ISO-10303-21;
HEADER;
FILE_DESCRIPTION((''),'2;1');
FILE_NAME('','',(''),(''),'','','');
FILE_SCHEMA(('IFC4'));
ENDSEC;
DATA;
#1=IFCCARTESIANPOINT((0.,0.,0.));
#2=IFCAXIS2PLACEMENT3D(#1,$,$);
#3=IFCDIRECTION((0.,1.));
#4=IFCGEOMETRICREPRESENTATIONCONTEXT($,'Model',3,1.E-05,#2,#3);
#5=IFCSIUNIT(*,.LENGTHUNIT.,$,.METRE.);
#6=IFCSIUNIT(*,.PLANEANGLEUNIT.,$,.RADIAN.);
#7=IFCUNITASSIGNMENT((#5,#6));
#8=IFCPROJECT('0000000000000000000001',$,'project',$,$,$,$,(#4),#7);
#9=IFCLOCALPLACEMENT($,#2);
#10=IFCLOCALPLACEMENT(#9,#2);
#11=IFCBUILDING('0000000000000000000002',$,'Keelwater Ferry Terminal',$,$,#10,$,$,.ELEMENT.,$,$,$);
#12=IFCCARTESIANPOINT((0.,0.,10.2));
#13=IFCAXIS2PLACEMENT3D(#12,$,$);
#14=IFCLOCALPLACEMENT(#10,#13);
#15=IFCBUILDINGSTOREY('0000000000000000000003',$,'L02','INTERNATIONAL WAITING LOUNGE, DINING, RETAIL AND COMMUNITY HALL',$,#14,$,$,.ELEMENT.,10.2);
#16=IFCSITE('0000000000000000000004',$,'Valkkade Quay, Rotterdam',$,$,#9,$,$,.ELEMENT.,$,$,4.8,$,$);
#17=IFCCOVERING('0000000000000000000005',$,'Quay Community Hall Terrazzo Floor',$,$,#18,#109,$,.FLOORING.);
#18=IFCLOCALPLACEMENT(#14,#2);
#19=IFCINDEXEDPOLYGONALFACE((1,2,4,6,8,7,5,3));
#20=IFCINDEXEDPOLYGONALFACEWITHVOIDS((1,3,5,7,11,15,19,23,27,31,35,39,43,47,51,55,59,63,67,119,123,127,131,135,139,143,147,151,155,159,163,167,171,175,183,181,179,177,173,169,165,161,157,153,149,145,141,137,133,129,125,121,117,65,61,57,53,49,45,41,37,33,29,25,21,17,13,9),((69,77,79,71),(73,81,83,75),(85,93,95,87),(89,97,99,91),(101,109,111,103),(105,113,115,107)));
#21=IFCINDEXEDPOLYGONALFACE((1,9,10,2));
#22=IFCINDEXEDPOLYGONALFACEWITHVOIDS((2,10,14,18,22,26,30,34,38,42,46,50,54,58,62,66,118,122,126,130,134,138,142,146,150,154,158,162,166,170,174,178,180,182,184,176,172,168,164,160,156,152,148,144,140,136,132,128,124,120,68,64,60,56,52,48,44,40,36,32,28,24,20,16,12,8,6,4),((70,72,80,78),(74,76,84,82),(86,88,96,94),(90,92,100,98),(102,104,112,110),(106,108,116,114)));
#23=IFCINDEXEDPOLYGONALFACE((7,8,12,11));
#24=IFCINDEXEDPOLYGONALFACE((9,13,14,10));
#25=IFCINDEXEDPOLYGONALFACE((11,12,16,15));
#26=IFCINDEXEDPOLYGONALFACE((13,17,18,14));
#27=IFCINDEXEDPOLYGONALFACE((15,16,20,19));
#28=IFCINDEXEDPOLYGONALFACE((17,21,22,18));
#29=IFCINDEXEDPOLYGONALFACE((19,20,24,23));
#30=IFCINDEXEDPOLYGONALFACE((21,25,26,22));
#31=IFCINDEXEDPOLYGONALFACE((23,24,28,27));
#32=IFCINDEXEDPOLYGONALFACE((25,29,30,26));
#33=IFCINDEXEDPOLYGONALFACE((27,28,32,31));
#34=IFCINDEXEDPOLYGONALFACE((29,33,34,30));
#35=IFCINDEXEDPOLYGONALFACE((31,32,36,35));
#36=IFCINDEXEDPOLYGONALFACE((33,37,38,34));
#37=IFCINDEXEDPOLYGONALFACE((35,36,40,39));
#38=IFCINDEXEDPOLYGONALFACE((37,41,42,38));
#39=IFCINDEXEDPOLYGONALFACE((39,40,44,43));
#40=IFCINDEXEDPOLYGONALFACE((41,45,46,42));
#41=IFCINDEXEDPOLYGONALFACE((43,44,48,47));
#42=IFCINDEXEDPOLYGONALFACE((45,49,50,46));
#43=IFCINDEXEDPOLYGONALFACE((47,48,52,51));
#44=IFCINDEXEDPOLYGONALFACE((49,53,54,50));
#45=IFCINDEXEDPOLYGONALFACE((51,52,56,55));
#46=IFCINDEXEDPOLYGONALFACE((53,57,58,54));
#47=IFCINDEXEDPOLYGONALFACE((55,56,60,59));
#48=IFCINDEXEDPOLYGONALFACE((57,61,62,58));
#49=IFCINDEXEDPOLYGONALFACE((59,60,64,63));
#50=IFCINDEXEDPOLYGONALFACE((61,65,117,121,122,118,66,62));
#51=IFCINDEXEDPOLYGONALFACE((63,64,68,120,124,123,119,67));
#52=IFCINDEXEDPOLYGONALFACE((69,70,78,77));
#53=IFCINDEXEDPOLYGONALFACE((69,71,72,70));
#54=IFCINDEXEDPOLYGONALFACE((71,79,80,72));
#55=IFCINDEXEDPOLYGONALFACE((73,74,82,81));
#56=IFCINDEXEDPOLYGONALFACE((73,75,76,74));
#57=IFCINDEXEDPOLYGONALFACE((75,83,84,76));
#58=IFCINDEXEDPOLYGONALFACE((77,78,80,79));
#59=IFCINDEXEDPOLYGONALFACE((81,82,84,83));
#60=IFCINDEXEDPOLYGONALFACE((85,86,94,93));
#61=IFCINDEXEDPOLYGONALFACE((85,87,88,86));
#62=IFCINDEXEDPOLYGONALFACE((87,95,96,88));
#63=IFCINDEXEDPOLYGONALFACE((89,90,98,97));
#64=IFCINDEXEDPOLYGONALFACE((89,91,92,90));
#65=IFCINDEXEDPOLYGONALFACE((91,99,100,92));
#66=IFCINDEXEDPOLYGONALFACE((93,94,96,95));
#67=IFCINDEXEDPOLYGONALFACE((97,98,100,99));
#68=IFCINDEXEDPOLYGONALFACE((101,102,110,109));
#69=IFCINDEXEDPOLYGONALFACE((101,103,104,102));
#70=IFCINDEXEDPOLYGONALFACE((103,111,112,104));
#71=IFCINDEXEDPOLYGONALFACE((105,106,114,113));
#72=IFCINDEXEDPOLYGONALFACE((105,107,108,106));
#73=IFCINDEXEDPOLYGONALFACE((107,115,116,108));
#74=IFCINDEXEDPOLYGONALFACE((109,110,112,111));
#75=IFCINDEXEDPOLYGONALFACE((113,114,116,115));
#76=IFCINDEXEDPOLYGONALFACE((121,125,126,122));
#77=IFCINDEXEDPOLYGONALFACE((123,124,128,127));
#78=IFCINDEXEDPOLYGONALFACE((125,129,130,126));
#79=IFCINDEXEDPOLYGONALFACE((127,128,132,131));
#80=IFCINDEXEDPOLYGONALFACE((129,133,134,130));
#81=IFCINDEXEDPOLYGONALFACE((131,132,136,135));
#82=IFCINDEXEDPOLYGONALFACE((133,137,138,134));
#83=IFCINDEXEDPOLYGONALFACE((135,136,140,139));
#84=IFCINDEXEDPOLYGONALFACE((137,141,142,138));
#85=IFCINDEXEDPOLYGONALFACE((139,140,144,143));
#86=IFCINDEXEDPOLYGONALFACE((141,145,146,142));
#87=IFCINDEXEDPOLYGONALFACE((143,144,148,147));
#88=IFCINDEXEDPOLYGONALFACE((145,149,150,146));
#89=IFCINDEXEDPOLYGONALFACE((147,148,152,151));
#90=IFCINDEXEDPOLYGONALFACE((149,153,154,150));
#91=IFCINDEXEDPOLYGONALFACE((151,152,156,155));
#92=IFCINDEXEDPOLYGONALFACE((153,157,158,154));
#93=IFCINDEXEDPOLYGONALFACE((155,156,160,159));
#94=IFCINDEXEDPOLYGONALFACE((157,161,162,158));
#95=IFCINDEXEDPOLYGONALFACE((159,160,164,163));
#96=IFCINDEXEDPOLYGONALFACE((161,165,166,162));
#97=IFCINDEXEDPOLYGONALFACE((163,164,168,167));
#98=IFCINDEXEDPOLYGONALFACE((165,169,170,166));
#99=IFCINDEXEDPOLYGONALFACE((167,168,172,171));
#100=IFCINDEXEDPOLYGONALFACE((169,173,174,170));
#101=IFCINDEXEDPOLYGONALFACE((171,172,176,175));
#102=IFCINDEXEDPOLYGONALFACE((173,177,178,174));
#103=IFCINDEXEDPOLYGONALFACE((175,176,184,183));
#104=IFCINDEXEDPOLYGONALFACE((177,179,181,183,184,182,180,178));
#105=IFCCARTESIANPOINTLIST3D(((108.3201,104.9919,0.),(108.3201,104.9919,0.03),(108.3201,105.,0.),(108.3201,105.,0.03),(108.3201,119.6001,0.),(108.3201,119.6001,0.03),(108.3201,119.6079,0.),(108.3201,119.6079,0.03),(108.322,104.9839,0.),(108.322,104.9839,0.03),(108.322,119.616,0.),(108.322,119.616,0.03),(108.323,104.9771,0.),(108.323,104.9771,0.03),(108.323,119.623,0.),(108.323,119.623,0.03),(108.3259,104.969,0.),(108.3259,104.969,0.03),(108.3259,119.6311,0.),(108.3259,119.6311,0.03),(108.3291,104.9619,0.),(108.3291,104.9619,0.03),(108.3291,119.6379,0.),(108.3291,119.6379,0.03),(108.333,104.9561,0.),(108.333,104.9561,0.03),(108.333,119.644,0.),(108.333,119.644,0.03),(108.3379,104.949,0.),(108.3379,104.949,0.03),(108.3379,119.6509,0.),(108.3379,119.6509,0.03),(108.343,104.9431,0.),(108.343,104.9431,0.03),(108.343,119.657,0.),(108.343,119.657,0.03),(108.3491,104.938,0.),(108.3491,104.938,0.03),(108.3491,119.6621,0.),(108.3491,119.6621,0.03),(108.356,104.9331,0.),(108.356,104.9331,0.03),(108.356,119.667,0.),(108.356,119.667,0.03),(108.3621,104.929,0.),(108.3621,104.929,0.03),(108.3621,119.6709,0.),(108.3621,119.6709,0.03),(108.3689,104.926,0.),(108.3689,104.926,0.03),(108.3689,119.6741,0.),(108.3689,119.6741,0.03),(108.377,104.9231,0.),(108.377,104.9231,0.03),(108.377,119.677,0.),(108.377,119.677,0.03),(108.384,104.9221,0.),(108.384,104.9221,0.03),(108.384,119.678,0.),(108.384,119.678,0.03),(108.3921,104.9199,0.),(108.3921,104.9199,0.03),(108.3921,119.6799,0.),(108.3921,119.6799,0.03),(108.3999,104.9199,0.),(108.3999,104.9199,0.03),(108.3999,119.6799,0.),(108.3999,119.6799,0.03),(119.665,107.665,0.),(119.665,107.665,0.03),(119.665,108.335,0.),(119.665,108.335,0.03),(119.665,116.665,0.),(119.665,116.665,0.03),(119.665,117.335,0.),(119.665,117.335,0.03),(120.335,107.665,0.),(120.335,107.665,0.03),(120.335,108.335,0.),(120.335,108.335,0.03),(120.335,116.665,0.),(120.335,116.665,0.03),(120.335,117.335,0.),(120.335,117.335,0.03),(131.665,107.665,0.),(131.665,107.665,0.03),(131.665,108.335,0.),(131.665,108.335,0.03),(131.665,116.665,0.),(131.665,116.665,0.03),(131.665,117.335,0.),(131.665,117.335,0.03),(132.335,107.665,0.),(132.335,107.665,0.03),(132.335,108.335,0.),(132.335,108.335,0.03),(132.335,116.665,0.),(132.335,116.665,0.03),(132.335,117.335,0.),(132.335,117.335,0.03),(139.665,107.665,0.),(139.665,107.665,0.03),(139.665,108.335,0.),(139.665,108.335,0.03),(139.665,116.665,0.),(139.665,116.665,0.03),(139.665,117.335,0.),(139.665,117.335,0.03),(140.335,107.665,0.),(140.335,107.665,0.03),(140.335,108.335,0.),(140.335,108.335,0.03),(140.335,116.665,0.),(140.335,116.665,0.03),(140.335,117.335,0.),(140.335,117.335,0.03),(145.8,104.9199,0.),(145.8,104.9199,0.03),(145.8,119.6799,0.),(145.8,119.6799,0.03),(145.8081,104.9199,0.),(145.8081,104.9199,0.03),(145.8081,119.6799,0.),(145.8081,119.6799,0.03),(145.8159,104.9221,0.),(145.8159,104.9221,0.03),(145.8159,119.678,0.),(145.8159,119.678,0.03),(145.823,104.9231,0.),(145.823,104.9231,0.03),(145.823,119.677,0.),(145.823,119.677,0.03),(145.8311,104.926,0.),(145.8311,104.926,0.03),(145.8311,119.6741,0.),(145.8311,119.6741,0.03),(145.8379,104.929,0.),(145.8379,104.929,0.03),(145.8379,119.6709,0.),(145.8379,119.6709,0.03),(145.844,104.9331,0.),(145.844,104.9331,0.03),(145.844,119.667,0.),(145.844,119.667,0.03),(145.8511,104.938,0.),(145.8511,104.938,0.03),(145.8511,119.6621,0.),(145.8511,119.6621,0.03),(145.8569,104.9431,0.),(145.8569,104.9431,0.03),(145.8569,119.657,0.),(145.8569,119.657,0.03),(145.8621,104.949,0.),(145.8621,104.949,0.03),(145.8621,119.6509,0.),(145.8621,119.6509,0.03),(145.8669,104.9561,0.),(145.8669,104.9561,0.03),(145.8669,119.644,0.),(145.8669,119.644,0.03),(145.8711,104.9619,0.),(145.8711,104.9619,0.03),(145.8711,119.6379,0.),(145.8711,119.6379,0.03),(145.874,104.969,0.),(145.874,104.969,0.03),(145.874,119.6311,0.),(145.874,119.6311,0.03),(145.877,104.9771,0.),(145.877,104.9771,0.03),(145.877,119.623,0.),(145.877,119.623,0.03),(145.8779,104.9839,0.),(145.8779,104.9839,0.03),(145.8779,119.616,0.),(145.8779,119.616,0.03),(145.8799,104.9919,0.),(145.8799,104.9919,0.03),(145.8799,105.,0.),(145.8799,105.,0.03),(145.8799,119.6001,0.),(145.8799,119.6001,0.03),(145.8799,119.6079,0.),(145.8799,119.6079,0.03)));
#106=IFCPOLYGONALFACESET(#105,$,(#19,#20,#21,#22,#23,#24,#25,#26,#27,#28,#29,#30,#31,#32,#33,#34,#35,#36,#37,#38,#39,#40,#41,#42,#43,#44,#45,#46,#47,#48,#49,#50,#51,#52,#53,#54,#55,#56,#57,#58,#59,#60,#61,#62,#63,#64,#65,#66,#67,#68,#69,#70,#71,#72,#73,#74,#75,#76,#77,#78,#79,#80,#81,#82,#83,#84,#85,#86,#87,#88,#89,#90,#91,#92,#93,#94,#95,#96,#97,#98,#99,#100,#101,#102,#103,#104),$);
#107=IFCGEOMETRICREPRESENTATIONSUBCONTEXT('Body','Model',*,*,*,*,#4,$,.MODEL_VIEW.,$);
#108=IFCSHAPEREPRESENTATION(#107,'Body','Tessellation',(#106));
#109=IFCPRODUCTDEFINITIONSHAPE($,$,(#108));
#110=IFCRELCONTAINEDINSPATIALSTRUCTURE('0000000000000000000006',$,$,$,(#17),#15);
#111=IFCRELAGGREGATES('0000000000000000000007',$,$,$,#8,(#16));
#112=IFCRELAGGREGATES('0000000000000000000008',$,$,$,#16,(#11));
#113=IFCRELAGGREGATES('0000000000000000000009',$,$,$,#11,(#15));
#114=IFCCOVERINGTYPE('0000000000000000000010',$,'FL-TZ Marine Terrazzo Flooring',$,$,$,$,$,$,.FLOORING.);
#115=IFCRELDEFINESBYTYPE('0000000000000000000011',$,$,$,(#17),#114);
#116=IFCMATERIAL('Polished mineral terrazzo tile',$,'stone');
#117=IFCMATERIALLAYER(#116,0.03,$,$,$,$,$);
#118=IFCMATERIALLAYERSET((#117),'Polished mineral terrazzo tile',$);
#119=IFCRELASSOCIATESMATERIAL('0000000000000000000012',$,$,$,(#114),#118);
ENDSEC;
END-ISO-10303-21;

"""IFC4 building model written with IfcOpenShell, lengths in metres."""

from ifc_helpers import new_model, si_unit, direction, frame, origin, place, context, subcontext, project, spatial, polyline, outline, extrude, material, layer, layer_set, type_object, element, save


model = new_model("IFC4")

# Units and contexts
model_context = context("Model", 3, precision=1e-05, world=origin(), true_north=direction((0.0, 1.0)))
body_context = subcontext(model_context, "Body", "Model", "MODEL_VIEW")
ifc_project = project(units=[si_unit("LENGTHUNIT", "METRE"), si_unit("PLANEANGLEUNIT", "RADIAN")], contexts=[model_context])

# Site, building, storey
site_placement = place(None, origin())
site = spatial("IfcSite", under=ifc_project, at=site_placement, Name="Valkkade Quay, Rotterdam", CompositionType="ELEMENT", RefElevation=4.8)
building_placement = place(site_placement, origin())
building = spatial("IfcBuilding", under=site, at=building_placement, Name="Keelwater Ferry Terminal", CompositionType="ELEMENT")
storey_placement = place(building_placement, frame((0.0, 0.0, 10.2)))
storey = spatial("IfcBuildingStorey", under=building, at=storey_placement, Name="L02", Description="INTERNATIONAL WAITING LOUNGE, DINING, RETAIL AND COMMUNITY HALL", CompositionType="ELEMENT", Elevation=10.2)

# Covering
ifc_material_1 = material(Name="Polished mineral terrazzo tile", Category="stone")
ifc_layer_1 = layer(ifc_material_1, 0.03)
ifc_layer_set_1 = layer_set([ifc_layer_1], Name="Polished mineral terrazzo tile")
covering_type_1 = type_object("IfcCoveringType", Name="FL-TZ Marine Terrazzo Flooring", PredefinedType="FLOORING", material=ifc_layer_set_1)
covering_1_placement = place(storey_placement, origin())
element("IfcCovering", 1, at=covering_1_placement, inside=storey, type_object=covering_type_1, Name="Quay Community Hall Terrazzo Floor", PredefinedType="FLOORING", context=body_context, shape_type="SweptSolid", body=[
    extrude(outline(polyline([(145.8159, 119.678), (145.823, 119.677), (145.8311, 119.6741), (145.8379, 119.6709), (145.844, 119.667), (145.8511, 119.6621), (145.8569, 119.657), (145.8621, 119.6509), (145.8669, 119.644), (145.8711, 119.6379), (145.874, 119.6311), (145.877, 119.623), (145.8779, 119.616), (145.8799, 119.6079), (145.8799, 119.6001), (145.8799, 105.0), (145.8799, 104.9919), (145.8779, 104.9839), (145.877, 104.9771), (145.874, 104.969), (145.8711, 104.9619), (145.8669, 104.9561), (145.8621, 104.949), (145.8569, 104.9431), (145.8511, 104.938), (145.844, 104.9331), (145.8379, 104.929), (145.8311, 104.926), (145.823, 104.9231), (145.8159, 104.9221), (145.8081, 104.9199), (145.8, 104.9199), (108.3999, 104.9199), (108.3921, 104.9199), (108.384, 104.9221), (108.377, 104.9231), (108.3689, 104.926), (108.3621, 104.929), (108.356, 104.9331), (108.3491, 104.938), (108.343, 104.9431), (108.3379, 104.949), (108.333, 104.9561), (108.3291, 104.9619), (108.3259, 104.969), (108.323, 104.9771), (108.322, 104.9839), (108.3201, 104.9919), (108.3201, 105.0), (108.3201, 119.6001), (108.3201, 119.6079), (108.322, 119.616), (108.323, 119.623), (108.3259, 119.6311), (108.3291, 119.6379), (108.333, 119.644), (108.3379, 119.6509), (108.343, 119.657), (108.3491, 119.6621), (108.356, 119.667), (108.3621, 119.6709), (108.3689, 119.6741), (108.377, 119.677), (108.384, 119.678), (108.3921, 119.6799), (108.3999, 119.6799), (145.8, 119.6799), (145.8081, 119.6799), (145.8159, 119.678)]), holes=[polyline([(119.665, 108.335), (119.665, 107.665), (120.335, 107.665), (120.335, 108.335), (119.665, 108.335)]), polyline([(131.665, 108.335), (131.665, 107.665), (132.335, 107.665), (132.335, 108.335), (131.665, 108.335)]), polyline([(119.665, 117.335), (119.665, 116.665), (120.335, 116.665), (120.335, 117.335), (119.665, 117.335)]), polyline([(131.665, 117.335), (131.665, 116.665), (132.335, 116.665), (132.335, 117.335), (131.665, 117.335)]), polyline([(139.665, 108.335), (139.665, 107.665), (140.335, 107.665), (140.335, 108.335), (139.665, 108.335)]), polyline([(139.665, 117.335), (139.665, 116.665), (140.335, 116.665), (140.335, 117.335), (139.665, 117.335)])]), origin(), (0.0, 0.0, 1.0), 0.03),
])

save(model, "model.ifc")
